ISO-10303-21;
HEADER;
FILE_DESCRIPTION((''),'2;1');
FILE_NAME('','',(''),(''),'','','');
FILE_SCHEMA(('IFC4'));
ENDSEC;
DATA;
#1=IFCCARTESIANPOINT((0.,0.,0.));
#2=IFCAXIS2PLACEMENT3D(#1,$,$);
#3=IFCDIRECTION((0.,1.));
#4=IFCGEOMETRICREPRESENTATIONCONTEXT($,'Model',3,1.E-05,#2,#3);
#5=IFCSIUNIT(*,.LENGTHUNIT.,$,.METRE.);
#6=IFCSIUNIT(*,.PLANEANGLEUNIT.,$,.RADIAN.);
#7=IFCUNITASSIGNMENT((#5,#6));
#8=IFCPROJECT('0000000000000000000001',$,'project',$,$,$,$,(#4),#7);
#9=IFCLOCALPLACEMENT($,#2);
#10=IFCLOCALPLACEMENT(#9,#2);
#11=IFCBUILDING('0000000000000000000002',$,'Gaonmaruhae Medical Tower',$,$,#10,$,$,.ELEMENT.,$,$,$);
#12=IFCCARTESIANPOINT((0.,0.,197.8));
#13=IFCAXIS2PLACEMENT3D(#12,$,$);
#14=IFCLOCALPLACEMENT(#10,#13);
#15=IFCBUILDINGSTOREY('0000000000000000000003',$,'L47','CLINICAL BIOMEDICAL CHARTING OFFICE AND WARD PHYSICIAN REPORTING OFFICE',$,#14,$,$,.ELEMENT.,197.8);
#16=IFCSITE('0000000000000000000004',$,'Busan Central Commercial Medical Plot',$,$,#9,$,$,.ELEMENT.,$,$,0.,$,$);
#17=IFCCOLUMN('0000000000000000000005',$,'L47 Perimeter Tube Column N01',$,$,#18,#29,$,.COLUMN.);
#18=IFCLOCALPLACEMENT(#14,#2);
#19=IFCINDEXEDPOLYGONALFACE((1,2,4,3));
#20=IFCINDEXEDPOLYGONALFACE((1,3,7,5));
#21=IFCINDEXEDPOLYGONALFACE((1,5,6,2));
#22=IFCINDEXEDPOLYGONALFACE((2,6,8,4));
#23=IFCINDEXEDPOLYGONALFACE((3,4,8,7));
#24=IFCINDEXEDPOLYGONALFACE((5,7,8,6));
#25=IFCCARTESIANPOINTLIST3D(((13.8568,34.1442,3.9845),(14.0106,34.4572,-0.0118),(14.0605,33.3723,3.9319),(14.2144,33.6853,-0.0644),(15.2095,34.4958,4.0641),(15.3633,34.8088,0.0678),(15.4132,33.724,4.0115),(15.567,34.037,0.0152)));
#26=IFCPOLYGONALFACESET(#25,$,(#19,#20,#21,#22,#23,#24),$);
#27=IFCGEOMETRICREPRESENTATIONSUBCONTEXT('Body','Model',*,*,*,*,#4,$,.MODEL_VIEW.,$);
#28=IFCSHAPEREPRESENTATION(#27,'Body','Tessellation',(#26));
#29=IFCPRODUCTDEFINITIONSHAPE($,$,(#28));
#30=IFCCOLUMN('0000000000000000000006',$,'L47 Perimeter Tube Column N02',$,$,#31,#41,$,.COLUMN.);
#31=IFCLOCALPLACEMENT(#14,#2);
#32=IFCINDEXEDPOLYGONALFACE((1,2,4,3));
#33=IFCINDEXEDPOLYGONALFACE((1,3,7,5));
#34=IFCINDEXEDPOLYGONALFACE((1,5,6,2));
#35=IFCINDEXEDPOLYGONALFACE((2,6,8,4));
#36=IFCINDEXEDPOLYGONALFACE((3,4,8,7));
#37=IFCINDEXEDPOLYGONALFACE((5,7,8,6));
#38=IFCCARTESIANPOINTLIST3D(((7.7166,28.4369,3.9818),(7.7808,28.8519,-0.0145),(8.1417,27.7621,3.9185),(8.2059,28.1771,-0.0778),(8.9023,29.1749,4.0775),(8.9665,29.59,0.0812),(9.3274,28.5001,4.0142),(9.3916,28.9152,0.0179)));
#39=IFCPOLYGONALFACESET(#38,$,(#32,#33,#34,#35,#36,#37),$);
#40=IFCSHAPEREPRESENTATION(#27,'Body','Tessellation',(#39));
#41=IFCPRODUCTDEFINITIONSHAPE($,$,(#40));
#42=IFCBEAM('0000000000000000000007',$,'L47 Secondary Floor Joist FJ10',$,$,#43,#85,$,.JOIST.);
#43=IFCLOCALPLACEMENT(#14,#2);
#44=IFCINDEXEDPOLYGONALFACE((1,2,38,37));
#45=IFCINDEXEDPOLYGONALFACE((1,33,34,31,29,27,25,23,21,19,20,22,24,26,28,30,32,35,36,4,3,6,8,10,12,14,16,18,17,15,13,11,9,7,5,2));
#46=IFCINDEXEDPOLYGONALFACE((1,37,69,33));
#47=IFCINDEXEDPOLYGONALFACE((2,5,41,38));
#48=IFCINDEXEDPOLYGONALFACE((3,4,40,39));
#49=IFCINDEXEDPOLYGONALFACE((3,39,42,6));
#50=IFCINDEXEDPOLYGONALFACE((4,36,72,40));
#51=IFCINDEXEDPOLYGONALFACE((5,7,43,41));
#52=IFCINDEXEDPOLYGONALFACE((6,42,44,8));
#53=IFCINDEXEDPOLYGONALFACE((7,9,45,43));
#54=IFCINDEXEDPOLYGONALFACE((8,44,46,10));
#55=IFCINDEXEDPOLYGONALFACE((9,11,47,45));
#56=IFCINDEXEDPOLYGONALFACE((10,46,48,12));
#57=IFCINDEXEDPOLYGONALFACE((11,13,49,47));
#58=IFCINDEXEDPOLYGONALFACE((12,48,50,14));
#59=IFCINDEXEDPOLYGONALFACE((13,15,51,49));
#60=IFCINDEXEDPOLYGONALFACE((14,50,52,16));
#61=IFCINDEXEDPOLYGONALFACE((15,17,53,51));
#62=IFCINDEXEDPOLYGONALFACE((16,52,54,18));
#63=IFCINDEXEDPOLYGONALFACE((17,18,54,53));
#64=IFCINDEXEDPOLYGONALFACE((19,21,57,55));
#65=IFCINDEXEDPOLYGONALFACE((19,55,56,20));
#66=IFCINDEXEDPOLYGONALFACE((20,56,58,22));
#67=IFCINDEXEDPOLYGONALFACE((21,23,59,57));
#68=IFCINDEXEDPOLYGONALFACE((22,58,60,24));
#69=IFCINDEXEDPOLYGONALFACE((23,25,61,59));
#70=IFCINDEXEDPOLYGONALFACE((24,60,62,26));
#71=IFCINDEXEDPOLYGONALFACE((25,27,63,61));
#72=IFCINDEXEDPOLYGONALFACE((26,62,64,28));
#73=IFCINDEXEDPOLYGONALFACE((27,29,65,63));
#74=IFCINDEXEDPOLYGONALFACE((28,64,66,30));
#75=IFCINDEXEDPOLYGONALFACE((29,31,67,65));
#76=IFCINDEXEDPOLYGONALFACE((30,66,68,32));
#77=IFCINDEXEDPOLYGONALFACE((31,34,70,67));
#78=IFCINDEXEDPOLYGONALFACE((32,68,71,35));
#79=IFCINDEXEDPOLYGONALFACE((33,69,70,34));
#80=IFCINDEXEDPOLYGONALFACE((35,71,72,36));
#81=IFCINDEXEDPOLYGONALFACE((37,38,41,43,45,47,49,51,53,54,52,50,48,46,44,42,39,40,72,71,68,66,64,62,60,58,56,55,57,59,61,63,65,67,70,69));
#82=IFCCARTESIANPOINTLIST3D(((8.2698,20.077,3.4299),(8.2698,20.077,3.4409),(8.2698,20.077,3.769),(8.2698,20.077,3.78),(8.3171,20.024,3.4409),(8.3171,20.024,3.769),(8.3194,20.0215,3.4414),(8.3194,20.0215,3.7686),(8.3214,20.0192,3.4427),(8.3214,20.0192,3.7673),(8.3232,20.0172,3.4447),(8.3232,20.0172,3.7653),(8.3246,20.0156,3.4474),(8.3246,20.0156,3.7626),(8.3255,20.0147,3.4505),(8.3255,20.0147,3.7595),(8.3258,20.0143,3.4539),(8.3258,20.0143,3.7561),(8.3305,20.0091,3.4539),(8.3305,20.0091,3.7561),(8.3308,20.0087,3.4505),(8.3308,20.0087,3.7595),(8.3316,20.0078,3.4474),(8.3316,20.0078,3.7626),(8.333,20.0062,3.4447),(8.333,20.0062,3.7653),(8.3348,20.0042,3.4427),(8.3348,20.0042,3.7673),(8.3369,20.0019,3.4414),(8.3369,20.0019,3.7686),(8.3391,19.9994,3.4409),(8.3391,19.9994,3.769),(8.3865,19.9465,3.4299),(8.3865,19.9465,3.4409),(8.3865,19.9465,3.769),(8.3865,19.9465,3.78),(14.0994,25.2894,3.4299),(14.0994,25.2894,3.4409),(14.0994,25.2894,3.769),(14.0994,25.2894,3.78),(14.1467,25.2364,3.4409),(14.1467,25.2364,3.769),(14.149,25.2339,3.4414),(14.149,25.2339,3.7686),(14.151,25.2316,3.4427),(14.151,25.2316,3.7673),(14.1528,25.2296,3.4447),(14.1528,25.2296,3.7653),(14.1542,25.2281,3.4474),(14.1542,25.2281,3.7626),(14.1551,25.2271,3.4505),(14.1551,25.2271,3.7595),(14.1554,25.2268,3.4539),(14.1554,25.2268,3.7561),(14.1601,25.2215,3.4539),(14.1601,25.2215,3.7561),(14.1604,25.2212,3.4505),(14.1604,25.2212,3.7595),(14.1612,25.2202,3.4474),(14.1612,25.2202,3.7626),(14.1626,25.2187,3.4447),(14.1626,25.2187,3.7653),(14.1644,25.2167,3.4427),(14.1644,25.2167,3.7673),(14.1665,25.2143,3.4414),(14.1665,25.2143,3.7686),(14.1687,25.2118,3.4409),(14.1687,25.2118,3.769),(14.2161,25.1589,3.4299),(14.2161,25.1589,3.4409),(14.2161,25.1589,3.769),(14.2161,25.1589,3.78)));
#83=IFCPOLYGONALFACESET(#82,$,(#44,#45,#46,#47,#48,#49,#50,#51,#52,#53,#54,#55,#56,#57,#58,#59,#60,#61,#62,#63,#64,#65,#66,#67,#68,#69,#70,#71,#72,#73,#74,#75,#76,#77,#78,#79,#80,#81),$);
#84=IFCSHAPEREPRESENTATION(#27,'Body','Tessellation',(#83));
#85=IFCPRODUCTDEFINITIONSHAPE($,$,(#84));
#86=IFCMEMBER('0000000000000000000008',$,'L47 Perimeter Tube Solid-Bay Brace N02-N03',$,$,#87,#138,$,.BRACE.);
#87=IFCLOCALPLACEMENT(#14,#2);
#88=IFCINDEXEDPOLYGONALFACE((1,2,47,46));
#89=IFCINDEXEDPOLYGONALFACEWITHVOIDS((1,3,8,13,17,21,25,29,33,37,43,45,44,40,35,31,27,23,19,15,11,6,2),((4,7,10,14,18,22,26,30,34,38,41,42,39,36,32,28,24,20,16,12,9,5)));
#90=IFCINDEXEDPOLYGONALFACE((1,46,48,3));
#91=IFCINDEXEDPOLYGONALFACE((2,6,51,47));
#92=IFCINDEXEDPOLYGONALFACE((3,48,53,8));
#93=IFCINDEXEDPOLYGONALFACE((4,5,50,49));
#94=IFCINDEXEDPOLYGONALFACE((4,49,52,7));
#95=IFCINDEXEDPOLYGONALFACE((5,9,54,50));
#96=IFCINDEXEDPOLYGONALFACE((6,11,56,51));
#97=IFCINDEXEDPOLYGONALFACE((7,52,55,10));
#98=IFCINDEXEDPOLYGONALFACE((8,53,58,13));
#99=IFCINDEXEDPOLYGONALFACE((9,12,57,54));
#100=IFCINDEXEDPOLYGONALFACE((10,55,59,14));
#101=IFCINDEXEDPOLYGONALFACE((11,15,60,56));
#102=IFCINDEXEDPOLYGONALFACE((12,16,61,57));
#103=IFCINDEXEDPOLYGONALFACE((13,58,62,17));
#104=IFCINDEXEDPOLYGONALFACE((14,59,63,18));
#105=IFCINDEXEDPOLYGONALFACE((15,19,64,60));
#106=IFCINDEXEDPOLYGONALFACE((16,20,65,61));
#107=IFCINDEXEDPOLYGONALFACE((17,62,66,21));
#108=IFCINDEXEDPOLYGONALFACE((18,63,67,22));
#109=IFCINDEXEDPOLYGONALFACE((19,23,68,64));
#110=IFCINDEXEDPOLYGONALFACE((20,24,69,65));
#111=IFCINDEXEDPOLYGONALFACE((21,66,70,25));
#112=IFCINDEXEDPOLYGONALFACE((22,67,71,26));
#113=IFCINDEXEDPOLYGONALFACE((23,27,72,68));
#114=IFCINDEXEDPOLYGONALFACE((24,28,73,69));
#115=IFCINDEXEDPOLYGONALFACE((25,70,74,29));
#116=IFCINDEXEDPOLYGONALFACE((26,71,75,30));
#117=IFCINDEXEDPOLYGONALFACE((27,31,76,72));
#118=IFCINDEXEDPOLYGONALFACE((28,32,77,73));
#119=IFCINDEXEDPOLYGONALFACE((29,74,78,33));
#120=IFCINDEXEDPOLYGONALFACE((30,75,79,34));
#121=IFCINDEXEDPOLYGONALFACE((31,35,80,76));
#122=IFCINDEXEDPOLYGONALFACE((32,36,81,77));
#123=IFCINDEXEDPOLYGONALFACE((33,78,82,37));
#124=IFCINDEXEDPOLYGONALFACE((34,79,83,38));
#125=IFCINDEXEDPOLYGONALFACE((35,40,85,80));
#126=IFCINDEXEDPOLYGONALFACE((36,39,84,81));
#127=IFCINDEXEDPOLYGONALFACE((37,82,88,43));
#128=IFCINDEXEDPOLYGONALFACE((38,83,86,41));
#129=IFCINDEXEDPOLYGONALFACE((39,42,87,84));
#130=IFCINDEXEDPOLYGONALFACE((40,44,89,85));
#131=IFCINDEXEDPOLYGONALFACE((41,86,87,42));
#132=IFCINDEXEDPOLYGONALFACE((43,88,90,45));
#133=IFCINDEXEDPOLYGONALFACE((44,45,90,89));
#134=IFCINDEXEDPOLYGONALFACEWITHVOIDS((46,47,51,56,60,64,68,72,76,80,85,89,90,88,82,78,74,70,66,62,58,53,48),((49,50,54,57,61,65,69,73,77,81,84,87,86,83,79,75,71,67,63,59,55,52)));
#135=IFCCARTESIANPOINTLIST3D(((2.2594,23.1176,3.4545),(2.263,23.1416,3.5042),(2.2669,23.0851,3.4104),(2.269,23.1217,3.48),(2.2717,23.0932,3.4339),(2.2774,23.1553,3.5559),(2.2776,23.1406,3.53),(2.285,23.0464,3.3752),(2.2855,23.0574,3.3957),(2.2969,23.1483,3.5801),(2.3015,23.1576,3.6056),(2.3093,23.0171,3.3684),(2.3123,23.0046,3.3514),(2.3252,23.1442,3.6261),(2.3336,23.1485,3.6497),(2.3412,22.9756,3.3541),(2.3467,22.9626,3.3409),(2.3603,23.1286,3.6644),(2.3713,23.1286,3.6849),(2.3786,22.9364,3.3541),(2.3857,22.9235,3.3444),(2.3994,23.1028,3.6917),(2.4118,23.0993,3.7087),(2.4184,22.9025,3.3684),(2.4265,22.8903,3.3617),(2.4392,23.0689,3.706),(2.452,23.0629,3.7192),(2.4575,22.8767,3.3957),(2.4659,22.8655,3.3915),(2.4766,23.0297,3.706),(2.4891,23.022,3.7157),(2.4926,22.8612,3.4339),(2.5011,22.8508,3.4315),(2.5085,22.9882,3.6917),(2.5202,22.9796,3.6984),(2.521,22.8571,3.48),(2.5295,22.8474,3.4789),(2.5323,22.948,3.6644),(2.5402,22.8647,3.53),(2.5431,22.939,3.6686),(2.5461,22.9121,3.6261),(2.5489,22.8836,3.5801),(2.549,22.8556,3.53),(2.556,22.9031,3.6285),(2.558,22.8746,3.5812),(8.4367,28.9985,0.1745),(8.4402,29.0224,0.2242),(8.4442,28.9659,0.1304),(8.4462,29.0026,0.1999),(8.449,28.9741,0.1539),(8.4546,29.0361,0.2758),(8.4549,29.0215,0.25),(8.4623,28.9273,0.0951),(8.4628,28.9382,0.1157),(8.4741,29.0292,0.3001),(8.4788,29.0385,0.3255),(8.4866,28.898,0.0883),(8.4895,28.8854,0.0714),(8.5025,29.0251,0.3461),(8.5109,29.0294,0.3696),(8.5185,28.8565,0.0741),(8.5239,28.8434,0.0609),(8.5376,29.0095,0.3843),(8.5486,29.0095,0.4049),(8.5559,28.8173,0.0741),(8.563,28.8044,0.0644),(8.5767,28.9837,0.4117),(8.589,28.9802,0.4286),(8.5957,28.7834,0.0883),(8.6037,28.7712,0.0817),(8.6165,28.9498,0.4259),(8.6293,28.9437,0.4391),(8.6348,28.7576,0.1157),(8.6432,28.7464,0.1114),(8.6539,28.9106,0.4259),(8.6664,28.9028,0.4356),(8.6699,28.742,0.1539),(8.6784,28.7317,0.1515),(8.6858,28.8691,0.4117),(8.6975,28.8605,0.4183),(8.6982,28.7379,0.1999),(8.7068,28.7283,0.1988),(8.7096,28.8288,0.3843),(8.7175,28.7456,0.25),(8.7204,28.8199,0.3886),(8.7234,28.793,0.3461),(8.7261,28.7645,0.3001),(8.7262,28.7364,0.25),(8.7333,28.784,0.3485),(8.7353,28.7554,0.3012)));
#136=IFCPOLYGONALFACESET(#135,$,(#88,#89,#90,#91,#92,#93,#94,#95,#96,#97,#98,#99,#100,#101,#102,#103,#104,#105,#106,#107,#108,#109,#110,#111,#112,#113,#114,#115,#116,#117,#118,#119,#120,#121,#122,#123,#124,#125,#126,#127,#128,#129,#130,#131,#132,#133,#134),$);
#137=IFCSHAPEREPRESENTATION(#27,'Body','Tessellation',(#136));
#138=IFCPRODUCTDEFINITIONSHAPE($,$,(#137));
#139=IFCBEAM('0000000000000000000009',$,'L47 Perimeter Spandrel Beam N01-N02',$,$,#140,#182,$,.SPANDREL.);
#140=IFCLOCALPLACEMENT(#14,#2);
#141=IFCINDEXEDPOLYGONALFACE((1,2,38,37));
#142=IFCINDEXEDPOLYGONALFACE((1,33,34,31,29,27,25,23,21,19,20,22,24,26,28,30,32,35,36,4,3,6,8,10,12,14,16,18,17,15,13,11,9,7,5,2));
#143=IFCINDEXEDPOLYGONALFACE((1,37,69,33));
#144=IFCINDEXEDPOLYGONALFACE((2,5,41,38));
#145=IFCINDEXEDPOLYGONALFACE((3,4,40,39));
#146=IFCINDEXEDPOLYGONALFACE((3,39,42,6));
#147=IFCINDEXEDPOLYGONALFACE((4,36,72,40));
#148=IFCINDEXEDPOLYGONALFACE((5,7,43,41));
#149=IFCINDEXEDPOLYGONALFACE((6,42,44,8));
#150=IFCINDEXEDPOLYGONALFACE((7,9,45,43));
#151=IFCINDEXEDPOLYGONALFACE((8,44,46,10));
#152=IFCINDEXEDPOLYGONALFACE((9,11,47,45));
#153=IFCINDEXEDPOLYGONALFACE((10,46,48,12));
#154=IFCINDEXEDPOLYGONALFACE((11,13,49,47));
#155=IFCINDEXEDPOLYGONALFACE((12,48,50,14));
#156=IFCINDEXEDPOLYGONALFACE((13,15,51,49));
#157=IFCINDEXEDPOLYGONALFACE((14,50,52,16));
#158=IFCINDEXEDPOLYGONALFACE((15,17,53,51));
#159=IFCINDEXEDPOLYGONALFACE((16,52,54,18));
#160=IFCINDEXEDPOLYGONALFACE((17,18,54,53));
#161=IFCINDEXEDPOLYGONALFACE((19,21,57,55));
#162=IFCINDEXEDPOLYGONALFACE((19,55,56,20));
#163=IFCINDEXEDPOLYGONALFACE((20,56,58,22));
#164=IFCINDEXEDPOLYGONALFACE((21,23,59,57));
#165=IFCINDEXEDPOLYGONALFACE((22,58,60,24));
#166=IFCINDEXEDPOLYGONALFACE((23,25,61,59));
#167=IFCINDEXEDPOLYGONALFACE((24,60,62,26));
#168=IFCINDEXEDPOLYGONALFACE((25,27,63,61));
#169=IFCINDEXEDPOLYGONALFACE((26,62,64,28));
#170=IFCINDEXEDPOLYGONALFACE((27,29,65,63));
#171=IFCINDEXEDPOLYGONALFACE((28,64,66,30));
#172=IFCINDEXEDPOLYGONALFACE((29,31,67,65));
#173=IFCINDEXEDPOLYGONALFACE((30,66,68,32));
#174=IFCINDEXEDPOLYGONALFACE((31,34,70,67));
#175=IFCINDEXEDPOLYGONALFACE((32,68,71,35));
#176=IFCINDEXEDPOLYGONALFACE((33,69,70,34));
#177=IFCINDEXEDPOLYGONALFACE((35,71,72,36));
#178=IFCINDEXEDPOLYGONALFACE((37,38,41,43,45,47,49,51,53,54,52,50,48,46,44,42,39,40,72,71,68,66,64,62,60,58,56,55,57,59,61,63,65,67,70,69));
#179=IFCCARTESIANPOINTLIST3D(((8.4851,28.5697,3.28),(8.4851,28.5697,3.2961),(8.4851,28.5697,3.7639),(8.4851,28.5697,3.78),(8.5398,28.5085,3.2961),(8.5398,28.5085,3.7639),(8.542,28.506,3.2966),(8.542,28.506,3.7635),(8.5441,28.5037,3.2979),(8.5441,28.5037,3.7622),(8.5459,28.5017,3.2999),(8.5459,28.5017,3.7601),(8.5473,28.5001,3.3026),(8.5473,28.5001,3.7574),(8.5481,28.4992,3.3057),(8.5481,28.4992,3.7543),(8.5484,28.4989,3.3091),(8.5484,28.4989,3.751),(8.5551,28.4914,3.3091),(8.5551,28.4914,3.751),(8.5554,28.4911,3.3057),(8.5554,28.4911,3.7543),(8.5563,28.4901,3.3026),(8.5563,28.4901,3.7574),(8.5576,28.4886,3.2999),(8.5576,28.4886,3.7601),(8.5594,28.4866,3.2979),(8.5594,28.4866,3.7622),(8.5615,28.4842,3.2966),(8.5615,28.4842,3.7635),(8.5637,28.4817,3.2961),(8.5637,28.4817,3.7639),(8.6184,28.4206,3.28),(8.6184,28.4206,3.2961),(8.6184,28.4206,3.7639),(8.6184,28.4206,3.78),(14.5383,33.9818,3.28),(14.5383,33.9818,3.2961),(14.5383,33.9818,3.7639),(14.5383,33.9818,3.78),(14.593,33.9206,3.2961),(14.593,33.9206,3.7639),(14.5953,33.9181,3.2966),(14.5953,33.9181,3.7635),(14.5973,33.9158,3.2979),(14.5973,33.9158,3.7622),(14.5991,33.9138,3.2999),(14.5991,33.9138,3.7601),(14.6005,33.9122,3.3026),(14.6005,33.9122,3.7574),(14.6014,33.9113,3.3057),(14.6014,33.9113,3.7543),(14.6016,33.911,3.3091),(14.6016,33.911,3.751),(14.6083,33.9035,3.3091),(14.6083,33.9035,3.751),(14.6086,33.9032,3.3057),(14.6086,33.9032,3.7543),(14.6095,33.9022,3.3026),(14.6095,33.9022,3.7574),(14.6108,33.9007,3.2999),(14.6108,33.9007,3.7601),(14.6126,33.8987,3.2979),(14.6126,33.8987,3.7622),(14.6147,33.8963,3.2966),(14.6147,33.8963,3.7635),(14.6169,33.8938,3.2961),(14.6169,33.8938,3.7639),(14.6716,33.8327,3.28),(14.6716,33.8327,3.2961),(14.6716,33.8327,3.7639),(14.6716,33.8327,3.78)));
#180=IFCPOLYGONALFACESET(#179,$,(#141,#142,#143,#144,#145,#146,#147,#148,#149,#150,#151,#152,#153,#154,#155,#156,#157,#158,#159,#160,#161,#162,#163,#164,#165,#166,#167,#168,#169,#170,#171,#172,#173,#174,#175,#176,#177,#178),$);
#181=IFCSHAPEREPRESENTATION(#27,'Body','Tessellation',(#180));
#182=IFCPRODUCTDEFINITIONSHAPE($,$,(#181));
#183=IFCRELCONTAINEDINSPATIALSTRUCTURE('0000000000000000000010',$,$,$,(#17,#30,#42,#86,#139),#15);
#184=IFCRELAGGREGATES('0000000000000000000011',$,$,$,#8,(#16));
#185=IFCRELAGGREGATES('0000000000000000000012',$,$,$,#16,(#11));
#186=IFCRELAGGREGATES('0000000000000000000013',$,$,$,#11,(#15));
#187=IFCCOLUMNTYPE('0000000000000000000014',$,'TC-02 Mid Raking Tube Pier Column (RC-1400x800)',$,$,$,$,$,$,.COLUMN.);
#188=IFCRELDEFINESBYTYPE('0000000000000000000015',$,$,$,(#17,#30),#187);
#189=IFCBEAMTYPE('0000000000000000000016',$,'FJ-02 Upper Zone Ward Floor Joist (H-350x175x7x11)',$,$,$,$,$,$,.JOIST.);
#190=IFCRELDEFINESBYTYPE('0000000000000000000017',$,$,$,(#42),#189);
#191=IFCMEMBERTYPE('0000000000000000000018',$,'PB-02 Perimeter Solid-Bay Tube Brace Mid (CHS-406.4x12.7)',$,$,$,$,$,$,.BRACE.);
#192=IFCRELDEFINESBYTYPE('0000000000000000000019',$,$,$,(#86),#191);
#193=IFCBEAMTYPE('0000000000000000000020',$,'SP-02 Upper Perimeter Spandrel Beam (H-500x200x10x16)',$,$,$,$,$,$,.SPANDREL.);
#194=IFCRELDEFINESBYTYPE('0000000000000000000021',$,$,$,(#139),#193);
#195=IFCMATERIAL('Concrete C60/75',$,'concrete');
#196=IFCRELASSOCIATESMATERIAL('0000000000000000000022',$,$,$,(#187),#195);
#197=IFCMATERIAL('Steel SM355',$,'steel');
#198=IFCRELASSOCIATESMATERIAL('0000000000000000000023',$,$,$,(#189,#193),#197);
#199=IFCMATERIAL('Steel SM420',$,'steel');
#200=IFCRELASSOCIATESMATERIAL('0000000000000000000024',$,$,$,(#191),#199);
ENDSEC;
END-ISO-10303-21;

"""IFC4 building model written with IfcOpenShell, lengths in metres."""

from ifc_helpers import new_model, si_unit, direction, frame, origin, origin_2d, place, context, subcontext, project, spatial, rectangle, hollow_circle, i_section, extrude, material, material_profile, profile_set, type_object, element, save


model = new_model("IFC4")

# Units and contexts
model_context = context("Model", 3, precision=1e-05, world=origin(), true_north=direction((0.0, 1.0)))
body_context = subcontext(model_context, "Body", "Model", "MODEL_VIEW")
ifc_project = project(units=[si_unit("LENGTHUNIT", "METRE"), si_unit("PLANEANGLEUNIT", "RADIAN")], contexts=[model_context])

# Site, building, storey
site_placement = place(None, origin())
site = spatial("IfcSite", under=ifc_project, at=site_placement, Name="Busan Central Commercial Medical Plot", CompositionType="ELEMENT", RefElevation=0.0)
building_placement = place(site_placement, origin())
building = spatial("IfcBuilding", under=site, at=building_placement, Name="Gaonmaruhae Medical Tower", CompositionType="ELEMENT")
storey_placement = place(building_placement, frame((0.0, 0.0, 197.8)))
storey = spatial("IfcBuildingStorey", under=building, at=storey_placement, Name="L47", Description="CLINICAL BIOMEDICAL CHARTING OFFICE AND WARD PHYSICIAN REPORTING OFFICE", CompositionType="ELEMENT", Elevation=197.8)

# Columns
ifc_material_1 = material(Name="Concrete C60/75", Category="concrete")
ifc_material_profile_1 = material_profile(ifc_material_1, rectangle(XDim=1.3999, YDim=0.8, at=origin_2d()), Name="RC-1400x800")
ifc_profile_set_1 = profile_set([ifc_material_profile_1], Name="Concrete C60/75")
column_type = type_object("IfcColumnType", Name="TC-02 Mid Raking Tube Pier Column (RC-1400x800)", PredefinedType="COLUMN", material=ifc_profile_set_1)
column_1_placement = place(storey_placement, frame((14.7888, 34.2471, 0.0017), z_axis=(-0.038342, -0.078022, 0.996214), x_axis=(0.966266, 0.251191, 0.056862)))
element("IfcColumn", 1, at=column_1_placement, inside=storey, type_object=column_type, Name="L47 Perimeter Tube Column N01", PredefinedType="COLUMN", context=body_context, shape_type="SweptSolid", body=[
    extrude(rectangle(XDim=1.3999, YDim=0.8, at=origin_2d()), origin(), (0.0, 0.0, 1.0), 4.0115),
])
column_2_placement = place(storey_placement, frame((8.5862, 28.8835, 0.0017), z_axis=(-0.015979, -0.103286, 0.994523), x_axis=(0.846985, 0.527204, 0.068361)))
element("IfcColumn", 2, at=column_2_placement, inside=storey, type_object=column_type, Name="L47 Perimeter Tube Column N02", PredefinedType="COLUMN", context=body_context, shape_type="SweptSolid", body=[
    extrude(rectangle(XDim=1.3999, YDim=0.8, at=origin_2d()), origin(), (0.0, 0.0, 1.0), 4.0183),
])

# Beam
ifc_material_2 = material(Name="Steel SM355", Category="steel")
ifc_material_profile_2 = material_profile(ifc_material_2, i_section(OverallWidth=0.175, OverallDepth=0.3501, WebThickness=0.0071, FlangeThickness=0.011, FilletRadius=0.0129, at=origin_2d()), Name="H-350x175x7x11")
ifc_profile_set_2 = profile_set([ifc_material_profile_2], Name="Steel SM355")
beam_type_1 = type_object("IfcBeamType", Name="FJ-02 Upper Zone Ward Floor Joist (H-350x175x7x11)", PredefinedType="JOIST", material=ifc_profile_set_2)
beam_placement = place(storey_placement, frame((14.1577, 25.2241, 3.605), z_axis=(-0.745467, -0.666543, 0.0), x_axis=(0.666543, -0.745467, 0.0)))
element("IfcBeam", 3, at=beam_placement, inside=storey, type_object=beam_type_1, Name="L47 Secondary Floor Joist FJ10", PredefinedType="JOIST", context=body_context, shape_type="SweptSolid", body=[
    extrude(i_section(OverallWidth=0.175, OverallDepth=0.3501, WebThickness=0.0071, FlangeThickness=0.011, FilletRadius=0.0129, at=origin_2d()), origin(), (0.0, 0.0, 1.0), 7.8201),
])

# Member
ifc_material_3 = material(Name="Steel SM420", Category="steel")
ifc_material_profile_3 = material_profile(ifc_material_3, hollow_circle(Radius=0.2031, WallThickness=0.0127, at=origin_2d()), Name="CHS-406.4x12.7")
ifc_profile_set_3 = profile_set([ifc_material_profile_3], Name="Steel SM420")
member_type = type_object("IfcMemberType", Name="PB-02 Perimeter Solid-Bay Tube Brace Mid (CHS-406.4x12.7)", PredefinedType="BRACE", material=ifc_profile_set_3)
member_placement = place(storey_placement, frame((8.5862, 28.8835, 0.25), z_axis=(-0.676002, -0.643567, 0.358947), x_axis=(0.689518, -0.724269, 0.0)))
element("IfcMember", 4, at=member_placement, inside=storey, type_object=member_type, Name="L47 Perimeter Tube Solid-Bay Brace N02-N03", PredefinedType="BRACE", context=body_context, shape_type="SweptSolid", body=[
    extrude(hollow_circle(Radius=0.2031, WallThickness=0.0127, at=origin_2d()), origin(), (0.0, 0.0, 1.0), 9.1379),
])

# Beam
ifc_material_profile_4 = material_profile(ifc_material_2, i_section(OverallWidth=0.2, OverallDepth=0.5, WebThickness=0.01, FlangeThickness=0.0161, FilletRadius=0.0129, at=origin_2d()), Name="H-500x200x10x16")
ifc_profile_set_4 = profile_set([ifc_material_profile_4], Name="Steel SM355")
beam_type_2 = type_object("IfcBeamType", Name="SP-02 Upper Perimeter Spandrel Beam (H-500x200x10x16)", PredefinedType="SPANDREL", material=ifc_profile_set_4)
for number, where, z_axis, x_axis, name in (
    (5, (14.605, 33.9072, 3.53), (-0.745482, -0.666526, 0.0), (0.666526, -0.745482, 0.0), "L47 Perimeter Spandrel Beam N01-N02"),
):
    element("IfcBeam", number, at=place(storey_placement, frame(where, z_axis=z_axis, x_axis=x_axis)), inside=storey, type_object=beam_type_2, Name=name, PredefinedType="SPANDREL", context=body_context, shape_type="SweptSolid", body=[
        extrude(i_section(OverallWidth=0.2, OverallDepth=0.5, WebThickness=0.01, FlangeThickness=0.0161, FilletRadius=0.0129, at=origin_2d()), origin(), (0.0, 0.0, 1.0), 8.1199),
    ])

save(model, "model.ifc")
